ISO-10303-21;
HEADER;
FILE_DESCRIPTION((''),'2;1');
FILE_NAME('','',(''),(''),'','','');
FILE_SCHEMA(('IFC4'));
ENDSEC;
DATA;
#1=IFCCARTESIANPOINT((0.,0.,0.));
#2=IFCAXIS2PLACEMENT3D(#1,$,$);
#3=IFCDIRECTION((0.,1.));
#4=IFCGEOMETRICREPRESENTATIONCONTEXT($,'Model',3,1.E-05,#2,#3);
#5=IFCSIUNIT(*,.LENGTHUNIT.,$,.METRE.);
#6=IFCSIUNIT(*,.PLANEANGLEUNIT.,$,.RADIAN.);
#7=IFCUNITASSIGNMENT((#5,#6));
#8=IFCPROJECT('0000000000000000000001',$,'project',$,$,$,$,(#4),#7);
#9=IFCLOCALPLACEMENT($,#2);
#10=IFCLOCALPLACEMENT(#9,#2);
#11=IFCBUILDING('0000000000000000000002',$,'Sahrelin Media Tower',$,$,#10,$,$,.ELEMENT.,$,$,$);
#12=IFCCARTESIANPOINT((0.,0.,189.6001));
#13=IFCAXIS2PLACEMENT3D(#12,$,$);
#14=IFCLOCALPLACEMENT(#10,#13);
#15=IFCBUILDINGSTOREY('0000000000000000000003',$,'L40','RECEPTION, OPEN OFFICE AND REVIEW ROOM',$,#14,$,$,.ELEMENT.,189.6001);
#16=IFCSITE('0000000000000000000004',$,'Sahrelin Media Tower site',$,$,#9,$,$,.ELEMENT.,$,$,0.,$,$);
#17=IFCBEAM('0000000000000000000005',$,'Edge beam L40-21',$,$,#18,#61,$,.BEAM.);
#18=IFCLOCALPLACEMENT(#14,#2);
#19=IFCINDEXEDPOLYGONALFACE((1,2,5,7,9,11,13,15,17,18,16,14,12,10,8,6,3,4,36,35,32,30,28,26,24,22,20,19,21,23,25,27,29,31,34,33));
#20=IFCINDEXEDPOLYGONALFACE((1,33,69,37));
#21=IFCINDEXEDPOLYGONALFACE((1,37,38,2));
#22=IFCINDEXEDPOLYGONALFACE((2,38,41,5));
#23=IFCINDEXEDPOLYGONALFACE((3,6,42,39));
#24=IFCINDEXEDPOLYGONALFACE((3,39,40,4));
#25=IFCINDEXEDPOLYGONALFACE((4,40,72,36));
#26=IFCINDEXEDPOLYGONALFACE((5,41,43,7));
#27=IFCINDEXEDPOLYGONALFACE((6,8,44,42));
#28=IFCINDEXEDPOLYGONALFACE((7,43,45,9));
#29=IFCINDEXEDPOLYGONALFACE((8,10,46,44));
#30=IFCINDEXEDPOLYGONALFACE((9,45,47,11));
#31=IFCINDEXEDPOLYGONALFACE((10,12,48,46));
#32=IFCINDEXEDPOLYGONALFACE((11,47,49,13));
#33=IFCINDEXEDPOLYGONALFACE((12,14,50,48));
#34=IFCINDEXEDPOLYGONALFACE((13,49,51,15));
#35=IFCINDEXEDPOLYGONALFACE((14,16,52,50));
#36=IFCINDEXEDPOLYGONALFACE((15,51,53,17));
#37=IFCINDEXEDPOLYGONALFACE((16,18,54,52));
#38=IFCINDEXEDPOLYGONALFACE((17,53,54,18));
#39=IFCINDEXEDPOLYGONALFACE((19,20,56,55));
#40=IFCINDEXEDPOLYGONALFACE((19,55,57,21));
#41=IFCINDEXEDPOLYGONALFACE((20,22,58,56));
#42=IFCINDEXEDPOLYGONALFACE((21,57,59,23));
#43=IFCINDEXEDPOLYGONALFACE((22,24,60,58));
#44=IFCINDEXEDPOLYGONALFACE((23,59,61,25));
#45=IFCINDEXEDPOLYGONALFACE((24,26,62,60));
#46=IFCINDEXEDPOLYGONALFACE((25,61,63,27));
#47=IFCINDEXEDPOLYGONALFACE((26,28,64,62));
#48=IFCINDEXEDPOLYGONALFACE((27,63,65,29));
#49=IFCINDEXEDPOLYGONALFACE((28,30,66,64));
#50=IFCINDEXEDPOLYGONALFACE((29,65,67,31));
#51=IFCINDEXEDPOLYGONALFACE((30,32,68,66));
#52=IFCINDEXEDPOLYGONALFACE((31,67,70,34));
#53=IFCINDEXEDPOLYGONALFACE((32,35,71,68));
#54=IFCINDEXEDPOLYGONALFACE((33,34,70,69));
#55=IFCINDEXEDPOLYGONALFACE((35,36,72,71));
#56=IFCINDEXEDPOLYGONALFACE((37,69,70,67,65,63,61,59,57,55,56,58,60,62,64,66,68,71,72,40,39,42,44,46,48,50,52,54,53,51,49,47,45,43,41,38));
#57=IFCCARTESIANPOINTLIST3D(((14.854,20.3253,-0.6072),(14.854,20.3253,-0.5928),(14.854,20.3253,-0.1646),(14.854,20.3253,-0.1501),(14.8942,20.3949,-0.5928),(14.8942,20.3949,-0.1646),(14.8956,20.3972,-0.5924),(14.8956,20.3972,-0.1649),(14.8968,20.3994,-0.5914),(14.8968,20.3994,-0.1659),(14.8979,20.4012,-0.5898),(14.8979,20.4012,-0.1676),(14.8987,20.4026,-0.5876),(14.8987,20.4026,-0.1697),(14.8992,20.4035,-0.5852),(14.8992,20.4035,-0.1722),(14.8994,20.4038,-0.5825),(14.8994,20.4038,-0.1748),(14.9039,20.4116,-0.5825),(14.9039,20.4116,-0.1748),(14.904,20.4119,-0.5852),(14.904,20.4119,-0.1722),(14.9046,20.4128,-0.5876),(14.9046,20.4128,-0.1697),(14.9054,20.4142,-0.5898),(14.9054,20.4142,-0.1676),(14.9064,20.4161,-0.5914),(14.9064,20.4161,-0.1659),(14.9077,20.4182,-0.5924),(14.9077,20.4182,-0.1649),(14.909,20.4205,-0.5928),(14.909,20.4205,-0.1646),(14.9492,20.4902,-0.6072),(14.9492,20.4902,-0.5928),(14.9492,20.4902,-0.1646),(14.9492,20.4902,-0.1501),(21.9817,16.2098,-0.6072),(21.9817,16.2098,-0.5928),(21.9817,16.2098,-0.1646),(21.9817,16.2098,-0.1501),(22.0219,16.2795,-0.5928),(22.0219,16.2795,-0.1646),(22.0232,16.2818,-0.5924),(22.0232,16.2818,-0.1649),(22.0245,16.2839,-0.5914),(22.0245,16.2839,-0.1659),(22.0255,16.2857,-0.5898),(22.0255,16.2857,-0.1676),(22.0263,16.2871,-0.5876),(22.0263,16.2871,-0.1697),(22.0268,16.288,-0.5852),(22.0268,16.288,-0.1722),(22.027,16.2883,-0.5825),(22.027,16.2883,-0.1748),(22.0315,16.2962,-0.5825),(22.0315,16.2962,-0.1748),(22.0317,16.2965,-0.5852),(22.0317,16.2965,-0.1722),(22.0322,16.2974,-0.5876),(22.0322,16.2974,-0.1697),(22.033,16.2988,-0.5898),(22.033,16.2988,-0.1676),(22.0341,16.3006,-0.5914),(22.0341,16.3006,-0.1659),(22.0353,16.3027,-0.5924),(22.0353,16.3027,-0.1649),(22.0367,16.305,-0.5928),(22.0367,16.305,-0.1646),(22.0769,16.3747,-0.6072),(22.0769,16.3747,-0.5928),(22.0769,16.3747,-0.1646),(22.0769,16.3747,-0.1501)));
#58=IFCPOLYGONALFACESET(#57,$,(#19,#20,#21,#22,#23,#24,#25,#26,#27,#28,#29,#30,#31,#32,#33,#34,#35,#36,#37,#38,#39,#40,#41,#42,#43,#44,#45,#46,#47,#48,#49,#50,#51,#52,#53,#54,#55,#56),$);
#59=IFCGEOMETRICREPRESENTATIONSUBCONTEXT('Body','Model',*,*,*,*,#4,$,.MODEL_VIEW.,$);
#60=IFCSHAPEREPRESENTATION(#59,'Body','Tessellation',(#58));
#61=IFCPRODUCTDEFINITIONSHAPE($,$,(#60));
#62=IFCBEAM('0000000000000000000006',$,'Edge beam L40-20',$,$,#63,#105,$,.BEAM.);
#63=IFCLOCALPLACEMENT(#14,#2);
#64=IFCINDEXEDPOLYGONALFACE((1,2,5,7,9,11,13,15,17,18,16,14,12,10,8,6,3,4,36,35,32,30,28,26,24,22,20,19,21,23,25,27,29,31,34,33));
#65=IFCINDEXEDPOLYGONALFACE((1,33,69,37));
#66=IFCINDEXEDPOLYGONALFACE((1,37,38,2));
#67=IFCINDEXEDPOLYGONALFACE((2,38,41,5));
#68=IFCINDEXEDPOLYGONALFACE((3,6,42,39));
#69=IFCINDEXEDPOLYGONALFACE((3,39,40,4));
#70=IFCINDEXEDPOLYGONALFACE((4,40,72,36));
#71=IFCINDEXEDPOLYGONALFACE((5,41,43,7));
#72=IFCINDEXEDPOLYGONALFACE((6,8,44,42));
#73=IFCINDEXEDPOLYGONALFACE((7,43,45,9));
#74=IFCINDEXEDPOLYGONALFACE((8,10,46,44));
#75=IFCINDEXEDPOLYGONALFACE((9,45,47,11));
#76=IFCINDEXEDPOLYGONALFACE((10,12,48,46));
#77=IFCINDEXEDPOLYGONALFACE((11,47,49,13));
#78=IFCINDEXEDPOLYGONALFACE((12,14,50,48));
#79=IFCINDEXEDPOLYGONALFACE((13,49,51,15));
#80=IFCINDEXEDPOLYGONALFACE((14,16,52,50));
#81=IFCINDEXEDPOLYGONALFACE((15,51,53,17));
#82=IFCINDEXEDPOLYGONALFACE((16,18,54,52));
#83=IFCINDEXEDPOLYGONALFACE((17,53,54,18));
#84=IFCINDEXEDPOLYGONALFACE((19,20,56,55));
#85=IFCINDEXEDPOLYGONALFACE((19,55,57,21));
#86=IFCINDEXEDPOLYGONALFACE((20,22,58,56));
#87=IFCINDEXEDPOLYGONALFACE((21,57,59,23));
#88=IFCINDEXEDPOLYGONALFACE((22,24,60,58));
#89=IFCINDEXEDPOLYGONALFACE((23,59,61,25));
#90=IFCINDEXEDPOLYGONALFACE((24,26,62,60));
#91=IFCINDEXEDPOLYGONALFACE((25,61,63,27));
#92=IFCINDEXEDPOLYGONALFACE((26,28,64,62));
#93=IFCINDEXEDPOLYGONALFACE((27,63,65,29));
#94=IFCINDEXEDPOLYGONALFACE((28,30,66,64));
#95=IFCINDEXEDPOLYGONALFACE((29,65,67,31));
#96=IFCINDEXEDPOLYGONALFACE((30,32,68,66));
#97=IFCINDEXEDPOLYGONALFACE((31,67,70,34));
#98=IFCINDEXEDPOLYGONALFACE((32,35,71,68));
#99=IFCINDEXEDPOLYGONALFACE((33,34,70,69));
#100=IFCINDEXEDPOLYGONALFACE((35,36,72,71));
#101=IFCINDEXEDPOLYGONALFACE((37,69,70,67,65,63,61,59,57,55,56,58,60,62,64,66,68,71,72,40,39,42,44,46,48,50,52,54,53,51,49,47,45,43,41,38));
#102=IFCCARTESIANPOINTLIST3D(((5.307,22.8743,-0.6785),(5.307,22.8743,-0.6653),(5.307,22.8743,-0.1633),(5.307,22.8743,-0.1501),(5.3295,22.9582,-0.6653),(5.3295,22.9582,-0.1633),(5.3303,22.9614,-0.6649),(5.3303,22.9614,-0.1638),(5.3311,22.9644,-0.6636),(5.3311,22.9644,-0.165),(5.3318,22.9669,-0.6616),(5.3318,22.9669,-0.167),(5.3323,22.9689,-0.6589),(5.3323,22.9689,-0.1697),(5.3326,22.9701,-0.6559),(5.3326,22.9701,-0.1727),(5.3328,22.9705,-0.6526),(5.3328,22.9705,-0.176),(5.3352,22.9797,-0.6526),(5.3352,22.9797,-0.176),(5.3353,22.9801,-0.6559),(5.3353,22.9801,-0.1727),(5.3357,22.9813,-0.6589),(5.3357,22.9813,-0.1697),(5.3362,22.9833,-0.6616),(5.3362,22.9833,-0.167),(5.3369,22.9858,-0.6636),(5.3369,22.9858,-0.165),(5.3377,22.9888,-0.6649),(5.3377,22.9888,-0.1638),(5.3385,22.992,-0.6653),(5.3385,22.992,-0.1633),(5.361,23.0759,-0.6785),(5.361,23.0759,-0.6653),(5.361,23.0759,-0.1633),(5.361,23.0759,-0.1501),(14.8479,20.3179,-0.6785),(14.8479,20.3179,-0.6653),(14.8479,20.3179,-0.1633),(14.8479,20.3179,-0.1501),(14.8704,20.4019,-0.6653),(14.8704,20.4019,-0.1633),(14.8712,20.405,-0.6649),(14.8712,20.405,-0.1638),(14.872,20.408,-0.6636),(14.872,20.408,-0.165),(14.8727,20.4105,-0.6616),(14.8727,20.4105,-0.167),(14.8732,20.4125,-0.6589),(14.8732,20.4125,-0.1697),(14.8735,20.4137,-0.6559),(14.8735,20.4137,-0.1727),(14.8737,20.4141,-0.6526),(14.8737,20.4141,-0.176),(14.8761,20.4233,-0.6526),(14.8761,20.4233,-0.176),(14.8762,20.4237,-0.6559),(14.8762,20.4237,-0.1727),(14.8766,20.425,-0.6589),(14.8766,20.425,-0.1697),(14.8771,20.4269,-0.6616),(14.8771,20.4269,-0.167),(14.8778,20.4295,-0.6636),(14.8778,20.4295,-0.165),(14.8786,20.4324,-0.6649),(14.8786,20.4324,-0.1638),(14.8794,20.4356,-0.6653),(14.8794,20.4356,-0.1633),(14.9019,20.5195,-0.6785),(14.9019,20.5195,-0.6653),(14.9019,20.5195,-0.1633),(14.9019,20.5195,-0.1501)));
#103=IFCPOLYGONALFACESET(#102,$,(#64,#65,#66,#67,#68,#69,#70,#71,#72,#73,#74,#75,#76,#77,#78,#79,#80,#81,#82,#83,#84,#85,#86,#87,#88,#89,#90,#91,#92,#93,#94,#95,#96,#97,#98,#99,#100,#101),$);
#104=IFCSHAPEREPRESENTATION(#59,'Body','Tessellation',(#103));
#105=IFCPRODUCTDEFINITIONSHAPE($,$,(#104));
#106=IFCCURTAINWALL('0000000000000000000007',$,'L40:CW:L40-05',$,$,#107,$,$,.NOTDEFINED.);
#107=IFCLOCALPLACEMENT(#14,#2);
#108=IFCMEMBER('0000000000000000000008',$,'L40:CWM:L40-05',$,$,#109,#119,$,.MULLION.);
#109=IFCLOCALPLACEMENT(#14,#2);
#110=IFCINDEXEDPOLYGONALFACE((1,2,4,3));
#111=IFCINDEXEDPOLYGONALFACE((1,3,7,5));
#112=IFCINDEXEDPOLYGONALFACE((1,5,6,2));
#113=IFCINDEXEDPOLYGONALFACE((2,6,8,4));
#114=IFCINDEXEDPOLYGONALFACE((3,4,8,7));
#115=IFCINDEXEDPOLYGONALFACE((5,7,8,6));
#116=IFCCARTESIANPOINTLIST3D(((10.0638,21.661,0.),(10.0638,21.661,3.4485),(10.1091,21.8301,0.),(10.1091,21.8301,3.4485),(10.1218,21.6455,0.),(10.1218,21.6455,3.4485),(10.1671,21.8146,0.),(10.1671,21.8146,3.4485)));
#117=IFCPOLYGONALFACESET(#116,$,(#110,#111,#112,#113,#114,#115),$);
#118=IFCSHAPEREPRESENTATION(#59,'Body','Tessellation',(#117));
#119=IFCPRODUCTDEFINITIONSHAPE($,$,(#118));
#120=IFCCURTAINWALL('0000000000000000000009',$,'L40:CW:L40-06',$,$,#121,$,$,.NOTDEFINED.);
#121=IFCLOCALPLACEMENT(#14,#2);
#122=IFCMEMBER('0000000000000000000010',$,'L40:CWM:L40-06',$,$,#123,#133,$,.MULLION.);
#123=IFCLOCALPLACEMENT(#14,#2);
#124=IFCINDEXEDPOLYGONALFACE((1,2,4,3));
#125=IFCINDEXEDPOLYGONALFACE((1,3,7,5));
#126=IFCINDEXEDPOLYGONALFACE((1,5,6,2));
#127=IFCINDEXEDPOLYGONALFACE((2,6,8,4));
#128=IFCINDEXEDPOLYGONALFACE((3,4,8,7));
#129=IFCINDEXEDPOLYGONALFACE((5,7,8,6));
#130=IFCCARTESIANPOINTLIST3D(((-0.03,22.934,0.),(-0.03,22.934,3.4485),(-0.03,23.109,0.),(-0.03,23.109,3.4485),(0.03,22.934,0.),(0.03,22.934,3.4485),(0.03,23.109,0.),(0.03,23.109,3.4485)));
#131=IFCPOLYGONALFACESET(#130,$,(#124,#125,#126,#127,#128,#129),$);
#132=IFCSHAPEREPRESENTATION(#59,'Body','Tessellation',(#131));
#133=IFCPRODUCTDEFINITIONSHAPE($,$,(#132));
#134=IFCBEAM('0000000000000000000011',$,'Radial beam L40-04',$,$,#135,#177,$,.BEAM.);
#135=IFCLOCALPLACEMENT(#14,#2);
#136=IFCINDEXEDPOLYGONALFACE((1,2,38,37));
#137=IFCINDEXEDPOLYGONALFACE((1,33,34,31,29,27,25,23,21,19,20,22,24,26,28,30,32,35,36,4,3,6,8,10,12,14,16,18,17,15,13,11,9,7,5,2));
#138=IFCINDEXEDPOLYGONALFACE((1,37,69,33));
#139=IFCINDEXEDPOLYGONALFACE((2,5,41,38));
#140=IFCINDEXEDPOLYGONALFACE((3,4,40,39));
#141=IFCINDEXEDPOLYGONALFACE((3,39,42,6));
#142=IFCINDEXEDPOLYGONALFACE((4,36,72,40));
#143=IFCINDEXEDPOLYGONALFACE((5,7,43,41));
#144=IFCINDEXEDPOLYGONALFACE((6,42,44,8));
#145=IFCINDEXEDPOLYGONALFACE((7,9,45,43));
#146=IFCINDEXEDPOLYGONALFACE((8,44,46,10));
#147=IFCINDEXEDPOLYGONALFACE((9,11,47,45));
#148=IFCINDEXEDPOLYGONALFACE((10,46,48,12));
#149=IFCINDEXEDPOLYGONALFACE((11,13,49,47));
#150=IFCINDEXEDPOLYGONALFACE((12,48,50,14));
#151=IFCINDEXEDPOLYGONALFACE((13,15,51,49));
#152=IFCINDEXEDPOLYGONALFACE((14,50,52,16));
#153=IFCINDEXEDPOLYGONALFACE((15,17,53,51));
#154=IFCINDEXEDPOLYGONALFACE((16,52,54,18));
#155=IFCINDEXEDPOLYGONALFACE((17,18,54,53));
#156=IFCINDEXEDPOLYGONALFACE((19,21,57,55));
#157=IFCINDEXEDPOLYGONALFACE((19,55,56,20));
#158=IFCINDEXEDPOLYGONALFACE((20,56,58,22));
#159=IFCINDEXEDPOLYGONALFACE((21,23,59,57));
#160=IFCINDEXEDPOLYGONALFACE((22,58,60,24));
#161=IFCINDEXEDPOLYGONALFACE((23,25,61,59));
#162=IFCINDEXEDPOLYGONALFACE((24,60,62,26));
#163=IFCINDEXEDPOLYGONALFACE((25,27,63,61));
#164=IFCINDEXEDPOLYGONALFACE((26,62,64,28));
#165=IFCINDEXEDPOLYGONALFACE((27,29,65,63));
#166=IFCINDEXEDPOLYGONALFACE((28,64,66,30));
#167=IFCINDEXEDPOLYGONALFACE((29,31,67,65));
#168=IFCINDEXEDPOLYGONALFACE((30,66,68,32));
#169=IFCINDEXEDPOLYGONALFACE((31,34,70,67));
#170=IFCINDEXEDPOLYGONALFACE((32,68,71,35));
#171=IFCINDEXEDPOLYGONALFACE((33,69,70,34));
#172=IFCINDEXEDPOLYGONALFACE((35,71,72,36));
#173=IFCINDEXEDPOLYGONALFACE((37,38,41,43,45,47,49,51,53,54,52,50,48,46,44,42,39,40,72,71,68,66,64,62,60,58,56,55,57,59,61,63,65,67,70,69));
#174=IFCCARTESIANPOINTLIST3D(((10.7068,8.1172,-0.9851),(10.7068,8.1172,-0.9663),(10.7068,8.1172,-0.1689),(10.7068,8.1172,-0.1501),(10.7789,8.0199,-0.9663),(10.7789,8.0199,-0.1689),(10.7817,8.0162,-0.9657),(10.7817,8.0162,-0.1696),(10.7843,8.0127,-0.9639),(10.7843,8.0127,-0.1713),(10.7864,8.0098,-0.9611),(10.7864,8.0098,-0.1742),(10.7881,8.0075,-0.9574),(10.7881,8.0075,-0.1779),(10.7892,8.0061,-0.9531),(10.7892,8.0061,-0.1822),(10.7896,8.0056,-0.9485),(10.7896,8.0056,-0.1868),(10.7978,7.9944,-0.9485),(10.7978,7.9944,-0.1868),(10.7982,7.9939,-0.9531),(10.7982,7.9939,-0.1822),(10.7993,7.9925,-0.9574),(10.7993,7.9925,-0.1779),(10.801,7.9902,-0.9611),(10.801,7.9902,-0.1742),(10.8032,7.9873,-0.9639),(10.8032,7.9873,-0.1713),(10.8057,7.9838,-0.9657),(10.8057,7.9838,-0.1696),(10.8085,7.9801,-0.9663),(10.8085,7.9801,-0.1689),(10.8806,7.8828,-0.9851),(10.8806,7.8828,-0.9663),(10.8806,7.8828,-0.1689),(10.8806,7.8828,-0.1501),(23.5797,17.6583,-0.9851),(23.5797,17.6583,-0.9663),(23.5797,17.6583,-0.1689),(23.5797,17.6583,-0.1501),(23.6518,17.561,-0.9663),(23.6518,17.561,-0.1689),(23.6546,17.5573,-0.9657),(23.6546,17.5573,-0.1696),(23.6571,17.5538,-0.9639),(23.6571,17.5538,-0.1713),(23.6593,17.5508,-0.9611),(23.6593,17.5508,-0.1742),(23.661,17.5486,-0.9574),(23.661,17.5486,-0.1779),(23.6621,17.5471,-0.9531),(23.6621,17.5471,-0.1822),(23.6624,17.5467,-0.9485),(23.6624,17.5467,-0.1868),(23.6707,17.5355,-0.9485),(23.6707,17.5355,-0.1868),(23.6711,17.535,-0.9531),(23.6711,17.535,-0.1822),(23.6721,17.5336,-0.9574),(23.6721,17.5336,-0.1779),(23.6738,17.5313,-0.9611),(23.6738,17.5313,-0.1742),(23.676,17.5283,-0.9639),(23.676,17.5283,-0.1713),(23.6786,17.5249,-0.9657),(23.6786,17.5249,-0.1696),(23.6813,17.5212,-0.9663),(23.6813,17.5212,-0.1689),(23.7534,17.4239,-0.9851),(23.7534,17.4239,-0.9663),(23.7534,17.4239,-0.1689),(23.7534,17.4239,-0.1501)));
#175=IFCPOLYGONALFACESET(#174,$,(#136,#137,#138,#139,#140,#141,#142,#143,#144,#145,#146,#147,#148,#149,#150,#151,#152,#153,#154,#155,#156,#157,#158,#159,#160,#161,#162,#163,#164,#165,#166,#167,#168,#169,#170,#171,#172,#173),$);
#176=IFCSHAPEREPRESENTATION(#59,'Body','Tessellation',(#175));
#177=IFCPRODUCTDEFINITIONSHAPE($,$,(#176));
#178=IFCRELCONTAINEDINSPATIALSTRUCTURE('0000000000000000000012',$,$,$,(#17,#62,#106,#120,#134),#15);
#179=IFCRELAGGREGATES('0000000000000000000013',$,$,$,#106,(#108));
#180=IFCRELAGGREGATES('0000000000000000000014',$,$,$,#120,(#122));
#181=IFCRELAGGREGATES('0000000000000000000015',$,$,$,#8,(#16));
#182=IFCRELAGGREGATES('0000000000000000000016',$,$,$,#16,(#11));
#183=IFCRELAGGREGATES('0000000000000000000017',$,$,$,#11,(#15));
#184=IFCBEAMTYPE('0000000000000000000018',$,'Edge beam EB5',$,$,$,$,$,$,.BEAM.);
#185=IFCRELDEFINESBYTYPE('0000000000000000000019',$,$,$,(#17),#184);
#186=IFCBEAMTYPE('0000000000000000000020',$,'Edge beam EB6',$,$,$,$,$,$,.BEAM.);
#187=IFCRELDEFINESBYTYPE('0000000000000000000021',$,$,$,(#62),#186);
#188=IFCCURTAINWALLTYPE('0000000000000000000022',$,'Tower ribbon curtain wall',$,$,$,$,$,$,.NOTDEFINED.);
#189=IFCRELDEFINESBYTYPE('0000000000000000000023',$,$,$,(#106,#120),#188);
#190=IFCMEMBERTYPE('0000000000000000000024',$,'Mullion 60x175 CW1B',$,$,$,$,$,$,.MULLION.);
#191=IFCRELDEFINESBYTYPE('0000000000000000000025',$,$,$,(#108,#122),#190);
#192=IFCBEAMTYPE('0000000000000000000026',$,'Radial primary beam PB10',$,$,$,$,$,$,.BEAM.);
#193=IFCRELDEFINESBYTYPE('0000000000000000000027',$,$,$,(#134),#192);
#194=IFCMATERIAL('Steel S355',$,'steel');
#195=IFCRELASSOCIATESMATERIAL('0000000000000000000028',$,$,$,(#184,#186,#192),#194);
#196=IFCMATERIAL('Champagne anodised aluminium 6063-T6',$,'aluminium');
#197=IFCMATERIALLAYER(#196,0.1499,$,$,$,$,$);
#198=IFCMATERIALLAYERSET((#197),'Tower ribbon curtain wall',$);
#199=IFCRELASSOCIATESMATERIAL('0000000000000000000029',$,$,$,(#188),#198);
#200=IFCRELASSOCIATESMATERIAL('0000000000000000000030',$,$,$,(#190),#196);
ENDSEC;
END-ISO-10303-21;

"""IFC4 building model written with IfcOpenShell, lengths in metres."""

from ifc_helpers import new_model, si_unit, direction, frame, origin, origin_2d, place, context, subcontext, project, spatial, rectangle, i_section, extrude, material, layer, layer_set, material_profile, profile_set, type_object, element, aggregate, save


model = new_model("IFC4")

# Units and contexts
model_context = context("Model", 3, precision=1e-05, world=origin(), true_north=direction((0.0, 1.0)))
body_context = subcontext(model_context, "Body", "Model", "MODEL_VIEW")
ifc_project = project(units=[si_unit("LENGTHUNIT", "METRE"), si_unit("PLANEANGLEUNIT", "RADIAN")], contexts=[model_context])

# Site, building, storey
site_placement = place(None, origin())
site = spatial("IfcSite", under=ifc_project, at=site_placement, Name="Sahrelin Media Tower site", CompositionType="ELEMENT", RefElevation=0.0)
building_placement = place(site_placement, origin())
building = spatial("IfcBuilding", under=site, at=building_placement, Name="Sahrelin Media Tower", CompositionType="ELEMENT")
storey_placement = place(building_placement, frame((0.0, 0.0, 189.6001)))
storey = spatial("IfcBuildingStorey", under=building, at=storey_placement, Name="L40", Description="RECEPTION, OPEN OFFICE AND REVIEW ROOM", CompositionType="ELEMENT", Elevation=189.6001)

# Beams
ifc_material_1 = material(Name="Steel S355", Category="steel")
ifc_material_profile_1 = material_profile(ifc_material_1, i_section(OverallWidth=0.1904, OverallDepth=0.457, WebThickness=0.009, FlangeThickness=0.0144, FilletRadius=0.0103, at=origin_2d()), Name="UB 457x191x74")
ifc_profile_set_1 = profile_set([ifc_material_profile_1], Name="Steel S355")
beam_type_1 = type_object("IfcBeamType", Name="Edge beam EB5", PredefinedType="BEAM", material=ifc_profile_set_1)
beam_1_placement = place(storey_placement, frame((14.9016, 20.4077, -0.3787), z_axis=(0.866009, -0.500028, 0.0), x_axis=(0.500028, 0.866009, 0.0)))
element("IfcBeam", 1, at=beam_1_placement, inside=storey, type_object=beam_type_1, Name="Edge beam L40-21", PredefinedType="BEAM", context=body_context, shape_type="SweptSolid", body=[
    extrude(i_section(OverallWidth=0.1904, OverallDepth=0.457, WebThickness=0.009, FlangeThickness=0.0144, FilletRadius=0.0103, at=origin_2d()), origin(), (0.0, 0.0, 1.0), 8.2305),
])
ifc_material_profile_2 = material_profile(ifc_material_1, i_section(OverallWidth=0.2087, OverallDepth=0.5283, WebThickness=0.0095, FlangeThickness=0.0132, FilletRadius=0.0127, at=origin_2d()), Name="UB 533x210x82")
ifc_profile_set_2 = profile_set([ifc_material_profile_2], Name="Steel S355")
beam_type_2 = type_object("IfcBeamType", Name="Edge beam EB6", PredefinedType="BEAM", material=ifc_profile_set_2)
beam_2_placement = place(storey_placement, frame((5.334, 22.9751, -0.4143), z_axis=(0.965929, -0.258809, 0.0), x_axis=(0.258809, 0.965929, 0.0)))
element("IfcBeam", 2, at=beam_2_placement, inside=storey, type_object=beam_type_2, Name="Edge beam L40-20", PredefinedType="BEAM", context=body_context, shape_type="SweptSolid", body=[
    extrude(i_section(OverallWidth=0.2087, OverallDepth=0.5283, WebThickness=0.0095, FlangeThickness=0.0132, FilletRadius=0.0127, at=origin_2d()), origin(), (0.0, 0.0, 1.0), 9.8774),
])

# Curtain walls, members
ifc_material_2 = material(Name="Champagne anodised aluminium 6063-T6", Category="aluminium")
ifc_layer_1 = layer(ifc_material_2, 0.1499)
ifc_layer_set_1 = layer_set([ifc_layer_1], Name="Tower ribbon curtain wall")
curtain_wall_type = type_object("IfcCurtainWallType", Name="Tower ribbon curtain wall", PredefinedType="NOTDEFINED", material=ifc_layer_set_1)
curtain_wall_1_placement = place(storey_placement, frame((10.1433, 21.8418, 0.0), z_axis=(0.0, 0.0, 1.0), x_axis=(1.0, 0.0, 0.0)))
curtain_wall_1 = element("IfcCurtainWall", 3, at=curtain_wall_1_placement, inside=storey, type_object=curtain_wall_type, Name="L40:CW:L40-05", PredefinedType="NOTDEFINED")
ifc_material_profile_3 = material_profile(ifc_material_2, rectangle(XDim=0.0601, YDim=0.175, at=origin_2d()), Name="Mullion 60x175")
ifc_profile_set_3 = profile_set([ifc_material_profile_3], Name="Champagne anodised aluminium 6063-T6")
member_type_1 = type_object("IfcMemberType", Name="Mullion 60x175 CW1B", PredefinedType="MULLION", material=ifc_profile_set_3)
member_1_placement = place(storey_placement, frame((10.1155, 21.7378, 0.0), z_axis=(0.0, 0.0, 1.0), x_axis=(-0.965925, 0.258822, 0.0)))
member_1 = element("IfcMember", 4, at=member_1_placement, type_object=member_type_1, Name="L40:CWM:L40-05", PredefinedType="MULLION", context=body_context, shape_type="SweptSolid", body=[
    extrude(rectangle(XDim=0.0601, YDim=0.175, at=origin_2d()), origin(), (0.0, 0.0, 1.0), 3.4485),
])
placement_1 = place(storey_placement, frame((0.0, 23.1289, 0.0), z_axis=(0.0, 0.0, 1.0), x_axis=(1.0, 0.0, 0.0)))
curtain_wall_2 = element("IfcCurtainWall", 5, at=placement_1, inside=storey, type_object=curtain_wall_type, Name="L40:CW:L40-06", PredefinedType="NOTDEFINED")
member_2_placement = place(storey_placement, frame((0.0, 23.0215, 0.0), z_axis=(0.0, 0.0, 1.0), x_axis=(-1.0, 0.0, 0.0)))
member_2 = element("IfcMember", 6, at=member_2_placement, type_object=member_type_1, Name="L40:CWM:L40-06", PredefinedType="MULLION", context=body_context, shape_type="SweptSolid", body=[
    extrude(rectangle(XDim=0.0601, YDim=0.175, at=origin_2d()), origin(), (0.0, 0.0, 1.0), 3.4485),
])

# Beam
ifc_material_profile_4 = material_profile(ifc_material_1, i_section(OverallWidth=0.2917, OverallDepth=0.835, WebThickness=0.0139, FlangeThickness=0.0188, FilletRadius=0.0178, at=origin_2d()), Name="UB 838x292x176")
ifc_profile_set_4 = profile_set([ifc_material_profile_4], Name="Steel S355")
beam_type_3 = type_object("IfcBeamType", Name="Radial primary beam PB10", PredefinedType="BEAM", material=ifc_profile_set_4)
beam_3_placement = place(storey_placement, frame((10.7937, 8.0, -0.5676), z_axis=(0.80339, 0.595453, 0.0), x_axis=(-0.595453, 0.80339, 0.0)))
element("IfcBeam", 7, at=beam_3_placement, inside=storey, type_object=beam_type_3, Name="Radial beam L40-04", PredefinedType="BEAM", context=body_context, shape_type="SweptSolid", body=[
    extrude(i_section(OverallWidth=0.2917, OverallDepth=0.835, WebThickness=0.0139, FlangeThickness=0.0188, FilletRadius=0.0178, at=origin_2d()), origin(), (0.0, 0.0, 1.0), 16.0232),
])

aggregate(curtain_wall_1, [member_1])
aggregate(curtain_wall_2, [member_2])

save(model, "model.ifc")
